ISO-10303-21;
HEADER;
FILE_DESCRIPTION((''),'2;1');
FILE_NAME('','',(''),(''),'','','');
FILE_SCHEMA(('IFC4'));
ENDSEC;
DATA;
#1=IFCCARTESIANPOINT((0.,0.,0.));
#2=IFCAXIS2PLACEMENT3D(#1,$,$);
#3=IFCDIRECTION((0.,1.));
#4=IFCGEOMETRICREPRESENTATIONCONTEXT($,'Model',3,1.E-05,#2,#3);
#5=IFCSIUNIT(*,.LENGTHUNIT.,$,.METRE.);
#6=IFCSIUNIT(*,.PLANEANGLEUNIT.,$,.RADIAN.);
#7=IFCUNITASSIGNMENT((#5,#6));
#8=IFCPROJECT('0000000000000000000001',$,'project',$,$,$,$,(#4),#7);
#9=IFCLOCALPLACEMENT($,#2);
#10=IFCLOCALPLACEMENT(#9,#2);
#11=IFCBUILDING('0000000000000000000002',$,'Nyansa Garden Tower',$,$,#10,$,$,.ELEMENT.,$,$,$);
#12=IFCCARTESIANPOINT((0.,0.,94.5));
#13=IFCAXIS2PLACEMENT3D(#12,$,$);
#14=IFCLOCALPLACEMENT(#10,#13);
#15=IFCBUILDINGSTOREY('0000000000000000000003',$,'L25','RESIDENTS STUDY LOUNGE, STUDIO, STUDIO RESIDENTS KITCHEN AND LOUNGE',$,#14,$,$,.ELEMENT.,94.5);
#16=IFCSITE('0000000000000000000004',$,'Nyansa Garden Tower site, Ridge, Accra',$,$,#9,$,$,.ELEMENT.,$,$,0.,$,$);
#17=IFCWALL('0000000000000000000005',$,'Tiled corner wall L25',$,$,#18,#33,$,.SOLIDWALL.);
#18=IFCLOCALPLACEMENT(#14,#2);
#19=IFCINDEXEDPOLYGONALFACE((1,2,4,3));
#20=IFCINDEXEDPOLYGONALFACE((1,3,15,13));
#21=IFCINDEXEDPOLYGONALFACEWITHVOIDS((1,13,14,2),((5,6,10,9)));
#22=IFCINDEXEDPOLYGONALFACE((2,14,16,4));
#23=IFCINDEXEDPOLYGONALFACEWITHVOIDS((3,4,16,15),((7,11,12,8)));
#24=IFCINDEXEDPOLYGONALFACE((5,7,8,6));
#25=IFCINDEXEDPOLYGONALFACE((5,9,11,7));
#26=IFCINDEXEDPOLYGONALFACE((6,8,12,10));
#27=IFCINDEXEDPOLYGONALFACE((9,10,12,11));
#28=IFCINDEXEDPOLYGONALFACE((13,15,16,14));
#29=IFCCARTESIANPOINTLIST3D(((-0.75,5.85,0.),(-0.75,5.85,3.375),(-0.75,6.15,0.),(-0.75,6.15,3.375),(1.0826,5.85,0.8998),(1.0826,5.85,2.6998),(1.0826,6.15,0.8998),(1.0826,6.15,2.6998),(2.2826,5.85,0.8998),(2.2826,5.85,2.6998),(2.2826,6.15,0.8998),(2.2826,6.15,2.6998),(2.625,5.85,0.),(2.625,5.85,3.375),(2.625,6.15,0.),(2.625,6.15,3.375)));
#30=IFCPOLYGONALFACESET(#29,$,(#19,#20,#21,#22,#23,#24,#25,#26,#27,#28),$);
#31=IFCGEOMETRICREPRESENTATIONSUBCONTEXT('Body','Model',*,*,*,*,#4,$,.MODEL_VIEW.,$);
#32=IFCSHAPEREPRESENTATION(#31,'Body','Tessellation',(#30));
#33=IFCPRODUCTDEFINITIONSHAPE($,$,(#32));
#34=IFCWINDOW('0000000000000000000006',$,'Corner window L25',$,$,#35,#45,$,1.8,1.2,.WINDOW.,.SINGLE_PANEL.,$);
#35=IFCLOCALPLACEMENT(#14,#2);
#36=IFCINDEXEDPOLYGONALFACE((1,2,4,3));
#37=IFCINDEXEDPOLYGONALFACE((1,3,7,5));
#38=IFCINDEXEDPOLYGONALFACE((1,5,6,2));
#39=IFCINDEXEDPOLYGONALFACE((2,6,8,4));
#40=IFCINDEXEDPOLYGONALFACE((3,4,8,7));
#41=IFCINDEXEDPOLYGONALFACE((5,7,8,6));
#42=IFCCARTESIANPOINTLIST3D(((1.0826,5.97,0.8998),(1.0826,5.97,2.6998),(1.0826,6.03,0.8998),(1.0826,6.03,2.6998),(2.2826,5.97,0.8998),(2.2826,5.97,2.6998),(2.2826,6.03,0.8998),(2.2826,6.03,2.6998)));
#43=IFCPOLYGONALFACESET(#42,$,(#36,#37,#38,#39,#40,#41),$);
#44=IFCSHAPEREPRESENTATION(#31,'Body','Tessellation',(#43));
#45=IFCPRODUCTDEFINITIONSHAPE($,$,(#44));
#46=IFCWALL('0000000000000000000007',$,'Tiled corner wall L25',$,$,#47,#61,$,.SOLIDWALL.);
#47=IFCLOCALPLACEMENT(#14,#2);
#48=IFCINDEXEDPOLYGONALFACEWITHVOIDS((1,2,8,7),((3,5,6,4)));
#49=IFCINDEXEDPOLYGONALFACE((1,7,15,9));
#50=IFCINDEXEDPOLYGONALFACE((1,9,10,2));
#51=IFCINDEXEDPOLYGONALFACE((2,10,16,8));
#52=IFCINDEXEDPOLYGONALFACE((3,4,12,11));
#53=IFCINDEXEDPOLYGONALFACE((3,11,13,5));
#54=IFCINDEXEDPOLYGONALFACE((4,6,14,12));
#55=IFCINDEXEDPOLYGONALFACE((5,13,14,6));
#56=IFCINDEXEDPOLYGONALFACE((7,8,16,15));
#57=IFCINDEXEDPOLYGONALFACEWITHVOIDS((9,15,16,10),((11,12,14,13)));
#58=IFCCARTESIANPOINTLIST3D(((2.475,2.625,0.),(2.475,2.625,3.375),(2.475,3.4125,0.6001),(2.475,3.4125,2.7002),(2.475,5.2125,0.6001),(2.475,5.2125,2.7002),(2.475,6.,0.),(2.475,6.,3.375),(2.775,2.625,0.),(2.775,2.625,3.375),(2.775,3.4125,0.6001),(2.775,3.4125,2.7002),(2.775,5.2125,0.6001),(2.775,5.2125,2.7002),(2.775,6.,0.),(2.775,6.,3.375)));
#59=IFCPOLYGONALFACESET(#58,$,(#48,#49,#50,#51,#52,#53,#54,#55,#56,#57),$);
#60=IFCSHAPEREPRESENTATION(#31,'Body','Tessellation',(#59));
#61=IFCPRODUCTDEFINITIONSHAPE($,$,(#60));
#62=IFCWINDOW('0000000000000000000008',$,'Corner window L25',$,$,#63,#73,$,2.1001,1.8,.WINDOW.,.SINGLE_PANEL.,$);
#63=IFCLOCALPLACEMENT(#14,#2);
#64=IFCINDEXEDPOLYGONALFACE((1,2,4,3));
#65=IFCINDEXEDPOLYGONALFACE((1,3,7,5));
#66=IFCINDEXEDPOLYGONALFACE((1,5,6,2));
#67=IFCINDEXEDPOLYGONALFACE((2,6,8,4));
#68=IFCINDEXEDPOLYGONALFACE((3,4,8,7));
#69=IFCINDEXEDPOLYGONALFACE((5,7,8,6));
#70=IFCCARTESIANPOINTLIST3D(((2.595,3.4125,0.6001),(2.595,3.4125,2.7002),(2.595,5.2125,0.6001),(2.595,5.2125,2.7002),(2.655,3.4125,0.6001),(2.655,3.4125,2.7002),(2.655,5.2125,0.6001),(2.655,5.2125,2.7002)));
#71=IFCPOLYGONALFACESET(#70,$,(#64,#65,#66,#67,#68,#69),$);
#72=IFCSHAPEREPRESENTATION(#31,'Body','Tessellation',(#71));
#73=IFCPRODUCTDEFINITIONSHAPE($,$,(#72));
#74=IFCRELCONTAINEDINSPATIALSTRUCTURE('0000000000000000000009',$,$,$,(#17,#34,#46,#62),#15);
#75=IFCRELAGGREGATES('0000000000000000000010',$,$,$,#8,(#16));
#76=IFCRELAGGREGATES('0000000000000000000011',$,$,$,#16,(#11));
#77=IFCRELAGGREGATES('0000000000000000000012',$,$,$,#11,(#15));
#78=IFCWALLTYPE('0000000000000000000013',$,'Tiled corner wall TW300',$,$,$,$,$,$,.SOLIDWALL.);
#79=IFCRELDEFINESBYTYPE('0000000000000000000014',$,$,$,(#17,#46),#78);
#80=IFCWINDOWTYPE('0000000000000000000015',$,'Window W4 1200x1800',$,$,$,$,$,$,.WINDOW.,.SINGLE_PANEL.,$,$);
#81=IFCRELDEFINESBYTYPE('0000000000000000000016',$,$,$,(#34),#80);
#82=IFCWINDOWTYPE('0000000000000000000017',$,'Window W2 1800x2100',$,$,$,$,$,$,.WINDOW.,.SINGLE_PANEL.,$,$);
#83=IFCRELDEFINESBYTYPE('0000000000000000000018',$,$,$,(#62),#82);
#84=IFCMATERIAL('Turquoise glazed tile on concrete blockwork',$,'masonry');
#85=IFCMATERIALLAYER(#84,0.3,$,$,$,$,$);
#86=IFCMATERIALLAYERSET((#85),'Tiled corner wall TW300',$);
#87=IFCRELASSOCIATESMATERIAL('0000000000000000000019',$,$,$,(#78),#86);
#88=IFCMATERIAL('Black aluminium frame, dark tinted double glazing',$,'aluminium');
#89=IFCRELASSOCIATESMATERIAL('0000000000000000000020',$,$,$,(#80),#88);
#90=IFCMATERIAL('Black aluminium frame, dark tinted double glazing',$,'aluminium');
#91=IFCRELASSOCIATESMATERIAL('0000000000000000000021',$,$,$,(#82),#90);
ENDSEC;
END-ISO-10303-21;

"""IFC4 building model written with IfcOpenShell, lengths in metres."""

from ifc_helpers import new_model, si_unit, direction, frame, frame_2d, origin, place, context, subcontext, project, spatial, rectangle, extrude, material, layer, layer_set, type_object, element, fill, save


model = new_model("IFC4")

# Units and contexts
model_context = context("Model", 3, precision=1e-05, world=origin(), true_north=direction((0.0, 1.0)))
body_context = subcontext(model_context, "Body", "Model", "MODEL_VIEW")
ifc_project = project(units=[si_unit("LENGTHUNIT", "METRE"), si_unit("PLANEANGLEUNIT", "RADIAN")], contexts=[model_context])

# Site, building, storey
site_placement = place(None, origin())
site = spatial("IfcSite", under=ifc_project, at=site_placement, Name="Nyansa Garden Tower site, Ridge, Accra", CompositionType="ELEMENT", RefElevation=0.0)
building_placement = place(site_placement, origin())
building = spatial("IfcBuilding", under=site, at=building_placement, Name="Nyansa Garden Tower", CompositionType="ELEMENT")
storey_placement = place(building_placement, frame((0.0, 0.0, 94.5)))
storey = spatial("IfcBuildingStorey", under=building, at=storey_placement, Name="L25", Description="RESIDENTS STUDY LOUNGE, STUDIO, STUDIO RESIDENTS KITCHEN AND LOUNGE", CompositionType="ELEMENT", Elevation=94.5)

# Walls, openings, windows
ifc_material_1 = material(Name="Turquoise glazed tile on concrete blockwork", Category="masonry")
ifc_layer_1 = layer(ifc_material_1, 0.3)
ifc_layer_set_1 = layer_set([ifc_layer_1], Name="Tiled corner wall TW300")
wall_type_1 = type_object("IfcWallType", Name="Tiled corner wall TW300", PredefinedType="SOLIDWALL", material=ifc_layer_set_1)
wall_1_placement = place(storey_placement, frame((-0.75, 6.0, 0.0), z_axis=(0.0, 0.0, 1.0), x_axis=(1.0, 0.0, 0.0)))
wall_1 = element("IfcWall", 1, at=wall_1_placement, inside=storey, type_object=wall_type_1, Name="Tiled corner wall L25", PredefinedType="SOLIDWALL", context=body_context, shape_type="SweptSolid", body=[
    extrude(rectangle(XDim=3.375, YDim=0.3, at=frame_2d((1.6875, 0.0))), origin(), (0.0, 0.0, 1.0), 3.375),
])
opening_1_placement = place(wall_1_placement, frame((1.8325, 0.0, 0.8999)))
opening_1 = element("IfcOpeningElement", 2, at=opening_1_placement, cuts=wall_1, PredefinedType="OPENING", context=body_context, shape_type="SweptSolid", body=[
    extrude(rectangle(XDim=1.2, YDim=1.8, at=frame_2d((0.6001, 0.8999))), frame((0.0, 0.1599, 0.0), z_axis=(0.0, -1.0, 0.0), x_axis=(1.0, 0.0, 0.0)), (0.0, 0.0, 1.0), 0.3201),
])
ifc_material_2 = material(Name="Black aluminium frame, dark tinted double glazing", Category="aluminium")
window_type_1 = type_object("IfcWindowType", Name="Window W4 1200x1800", PartitioningType="SINGLE_PANEL", PredefinedType="WINDOW", material=ifc_material_2)
window_1_placement = place(opening_1_placement, origin())
window_1 = element("IfcWindow", 3, at=window_1_placement, inside=storey, type_object=window_type_1, Name="Corner window L25", OverallHeight=1.8, OverallWidth=1.2, PartitioningType="SINGLE_PANEL", PredefinedType="WINDOW", context=body_context, shape_type="SweptSolid", body=[
    extrude(rectangle(XDim=1.2, YDim=1.8, at=frame_2d((0.6001, 0.8999))), frame((0.0, 0.03, 0.0), z_axis=(0.0, -1.0, 0.0), x_axis=(1.0, 0.0, 0.0)), (0.0, 0.0, 1.0), 0.0601),
])
fill(opening_1, window_1)
wall_2_placement = place(storey_placement, frame((2.625, 6.0, 0.0), z_axis=(0.0, 0.0, 1.0), x_axis=(0.0, -1.0, 0.0)))
wall_2 = element("IfcWall", 4, at=wall_2_placement, inside=storey, type_object=wall_type_1, Name="Tiled corner wall L25", PredefinedType="SOLIDWALL", context=body_context, shape_type="SweptSolid", body=[
    extrude(rectangle(XDim=3.375, YDim=0.3, at=frame_2d((1.6875, 0.0))), origin(), (0.0, 0.0, 1.0), 3.375),
])
opening_2_placement = place(wall_2_placement, frame((0.7876, 0.0, 0.6001)))
opening_2 = element("IfcOpeningElement", 5, at=opening_2_placement, cuts=wall_2, PredefinedType="OPENING", context=body_context, shape_type="SweptSolid", body=[
    extrude(rectangle(XDim=1.8, YDim=2.1001, at=frame_2d((0.8999, 1.05))), frame((0.0, 0.1599, 0.0), z_axis=(0.0, -1.0, 0.0), x_axis=(1.0, 0.0, 0.0)), (0.0, 0.0, 1.0), 0.3201),
])
ifc_material_3 = material(Name="Black aluminium frame, dark tinted double glazing", Category="aluminium")
window_type_2 = type_object("IfcWindowType", Name="Window W2 1800x2100", PartitioningType="SINGLE_PANEL", PredefinedType="WINDOW", material=ifc_material_3)
window_2_placement = place(opening_2_placement, origin())
window_2 = element("IfcWindow", 6, at=window_2_placement, inside=storey, type_object=window_type_2, Name="Corner window L25", OverallHeight=2.1001, OverallWidth=1.8, PartitioningType="SINGLE_PANEL", PredefinedType="WINDOW", context=body_context, shape_type="SweptSolid", body=[
    extrude(rectangle(XDim=1.8, YDim=2.1001, at=frame_2d((0.8999, 1.05))), frame((0.0, 0.03, 0.0), z_axis=(0.0, -1.0, 0.0), x_axis=(1.0, 0.0, 0.0)), (0.0, 0.0, 1.0), 0.0601),
])
fill(opening_2, window_2)

save(model, "model.ifc")
